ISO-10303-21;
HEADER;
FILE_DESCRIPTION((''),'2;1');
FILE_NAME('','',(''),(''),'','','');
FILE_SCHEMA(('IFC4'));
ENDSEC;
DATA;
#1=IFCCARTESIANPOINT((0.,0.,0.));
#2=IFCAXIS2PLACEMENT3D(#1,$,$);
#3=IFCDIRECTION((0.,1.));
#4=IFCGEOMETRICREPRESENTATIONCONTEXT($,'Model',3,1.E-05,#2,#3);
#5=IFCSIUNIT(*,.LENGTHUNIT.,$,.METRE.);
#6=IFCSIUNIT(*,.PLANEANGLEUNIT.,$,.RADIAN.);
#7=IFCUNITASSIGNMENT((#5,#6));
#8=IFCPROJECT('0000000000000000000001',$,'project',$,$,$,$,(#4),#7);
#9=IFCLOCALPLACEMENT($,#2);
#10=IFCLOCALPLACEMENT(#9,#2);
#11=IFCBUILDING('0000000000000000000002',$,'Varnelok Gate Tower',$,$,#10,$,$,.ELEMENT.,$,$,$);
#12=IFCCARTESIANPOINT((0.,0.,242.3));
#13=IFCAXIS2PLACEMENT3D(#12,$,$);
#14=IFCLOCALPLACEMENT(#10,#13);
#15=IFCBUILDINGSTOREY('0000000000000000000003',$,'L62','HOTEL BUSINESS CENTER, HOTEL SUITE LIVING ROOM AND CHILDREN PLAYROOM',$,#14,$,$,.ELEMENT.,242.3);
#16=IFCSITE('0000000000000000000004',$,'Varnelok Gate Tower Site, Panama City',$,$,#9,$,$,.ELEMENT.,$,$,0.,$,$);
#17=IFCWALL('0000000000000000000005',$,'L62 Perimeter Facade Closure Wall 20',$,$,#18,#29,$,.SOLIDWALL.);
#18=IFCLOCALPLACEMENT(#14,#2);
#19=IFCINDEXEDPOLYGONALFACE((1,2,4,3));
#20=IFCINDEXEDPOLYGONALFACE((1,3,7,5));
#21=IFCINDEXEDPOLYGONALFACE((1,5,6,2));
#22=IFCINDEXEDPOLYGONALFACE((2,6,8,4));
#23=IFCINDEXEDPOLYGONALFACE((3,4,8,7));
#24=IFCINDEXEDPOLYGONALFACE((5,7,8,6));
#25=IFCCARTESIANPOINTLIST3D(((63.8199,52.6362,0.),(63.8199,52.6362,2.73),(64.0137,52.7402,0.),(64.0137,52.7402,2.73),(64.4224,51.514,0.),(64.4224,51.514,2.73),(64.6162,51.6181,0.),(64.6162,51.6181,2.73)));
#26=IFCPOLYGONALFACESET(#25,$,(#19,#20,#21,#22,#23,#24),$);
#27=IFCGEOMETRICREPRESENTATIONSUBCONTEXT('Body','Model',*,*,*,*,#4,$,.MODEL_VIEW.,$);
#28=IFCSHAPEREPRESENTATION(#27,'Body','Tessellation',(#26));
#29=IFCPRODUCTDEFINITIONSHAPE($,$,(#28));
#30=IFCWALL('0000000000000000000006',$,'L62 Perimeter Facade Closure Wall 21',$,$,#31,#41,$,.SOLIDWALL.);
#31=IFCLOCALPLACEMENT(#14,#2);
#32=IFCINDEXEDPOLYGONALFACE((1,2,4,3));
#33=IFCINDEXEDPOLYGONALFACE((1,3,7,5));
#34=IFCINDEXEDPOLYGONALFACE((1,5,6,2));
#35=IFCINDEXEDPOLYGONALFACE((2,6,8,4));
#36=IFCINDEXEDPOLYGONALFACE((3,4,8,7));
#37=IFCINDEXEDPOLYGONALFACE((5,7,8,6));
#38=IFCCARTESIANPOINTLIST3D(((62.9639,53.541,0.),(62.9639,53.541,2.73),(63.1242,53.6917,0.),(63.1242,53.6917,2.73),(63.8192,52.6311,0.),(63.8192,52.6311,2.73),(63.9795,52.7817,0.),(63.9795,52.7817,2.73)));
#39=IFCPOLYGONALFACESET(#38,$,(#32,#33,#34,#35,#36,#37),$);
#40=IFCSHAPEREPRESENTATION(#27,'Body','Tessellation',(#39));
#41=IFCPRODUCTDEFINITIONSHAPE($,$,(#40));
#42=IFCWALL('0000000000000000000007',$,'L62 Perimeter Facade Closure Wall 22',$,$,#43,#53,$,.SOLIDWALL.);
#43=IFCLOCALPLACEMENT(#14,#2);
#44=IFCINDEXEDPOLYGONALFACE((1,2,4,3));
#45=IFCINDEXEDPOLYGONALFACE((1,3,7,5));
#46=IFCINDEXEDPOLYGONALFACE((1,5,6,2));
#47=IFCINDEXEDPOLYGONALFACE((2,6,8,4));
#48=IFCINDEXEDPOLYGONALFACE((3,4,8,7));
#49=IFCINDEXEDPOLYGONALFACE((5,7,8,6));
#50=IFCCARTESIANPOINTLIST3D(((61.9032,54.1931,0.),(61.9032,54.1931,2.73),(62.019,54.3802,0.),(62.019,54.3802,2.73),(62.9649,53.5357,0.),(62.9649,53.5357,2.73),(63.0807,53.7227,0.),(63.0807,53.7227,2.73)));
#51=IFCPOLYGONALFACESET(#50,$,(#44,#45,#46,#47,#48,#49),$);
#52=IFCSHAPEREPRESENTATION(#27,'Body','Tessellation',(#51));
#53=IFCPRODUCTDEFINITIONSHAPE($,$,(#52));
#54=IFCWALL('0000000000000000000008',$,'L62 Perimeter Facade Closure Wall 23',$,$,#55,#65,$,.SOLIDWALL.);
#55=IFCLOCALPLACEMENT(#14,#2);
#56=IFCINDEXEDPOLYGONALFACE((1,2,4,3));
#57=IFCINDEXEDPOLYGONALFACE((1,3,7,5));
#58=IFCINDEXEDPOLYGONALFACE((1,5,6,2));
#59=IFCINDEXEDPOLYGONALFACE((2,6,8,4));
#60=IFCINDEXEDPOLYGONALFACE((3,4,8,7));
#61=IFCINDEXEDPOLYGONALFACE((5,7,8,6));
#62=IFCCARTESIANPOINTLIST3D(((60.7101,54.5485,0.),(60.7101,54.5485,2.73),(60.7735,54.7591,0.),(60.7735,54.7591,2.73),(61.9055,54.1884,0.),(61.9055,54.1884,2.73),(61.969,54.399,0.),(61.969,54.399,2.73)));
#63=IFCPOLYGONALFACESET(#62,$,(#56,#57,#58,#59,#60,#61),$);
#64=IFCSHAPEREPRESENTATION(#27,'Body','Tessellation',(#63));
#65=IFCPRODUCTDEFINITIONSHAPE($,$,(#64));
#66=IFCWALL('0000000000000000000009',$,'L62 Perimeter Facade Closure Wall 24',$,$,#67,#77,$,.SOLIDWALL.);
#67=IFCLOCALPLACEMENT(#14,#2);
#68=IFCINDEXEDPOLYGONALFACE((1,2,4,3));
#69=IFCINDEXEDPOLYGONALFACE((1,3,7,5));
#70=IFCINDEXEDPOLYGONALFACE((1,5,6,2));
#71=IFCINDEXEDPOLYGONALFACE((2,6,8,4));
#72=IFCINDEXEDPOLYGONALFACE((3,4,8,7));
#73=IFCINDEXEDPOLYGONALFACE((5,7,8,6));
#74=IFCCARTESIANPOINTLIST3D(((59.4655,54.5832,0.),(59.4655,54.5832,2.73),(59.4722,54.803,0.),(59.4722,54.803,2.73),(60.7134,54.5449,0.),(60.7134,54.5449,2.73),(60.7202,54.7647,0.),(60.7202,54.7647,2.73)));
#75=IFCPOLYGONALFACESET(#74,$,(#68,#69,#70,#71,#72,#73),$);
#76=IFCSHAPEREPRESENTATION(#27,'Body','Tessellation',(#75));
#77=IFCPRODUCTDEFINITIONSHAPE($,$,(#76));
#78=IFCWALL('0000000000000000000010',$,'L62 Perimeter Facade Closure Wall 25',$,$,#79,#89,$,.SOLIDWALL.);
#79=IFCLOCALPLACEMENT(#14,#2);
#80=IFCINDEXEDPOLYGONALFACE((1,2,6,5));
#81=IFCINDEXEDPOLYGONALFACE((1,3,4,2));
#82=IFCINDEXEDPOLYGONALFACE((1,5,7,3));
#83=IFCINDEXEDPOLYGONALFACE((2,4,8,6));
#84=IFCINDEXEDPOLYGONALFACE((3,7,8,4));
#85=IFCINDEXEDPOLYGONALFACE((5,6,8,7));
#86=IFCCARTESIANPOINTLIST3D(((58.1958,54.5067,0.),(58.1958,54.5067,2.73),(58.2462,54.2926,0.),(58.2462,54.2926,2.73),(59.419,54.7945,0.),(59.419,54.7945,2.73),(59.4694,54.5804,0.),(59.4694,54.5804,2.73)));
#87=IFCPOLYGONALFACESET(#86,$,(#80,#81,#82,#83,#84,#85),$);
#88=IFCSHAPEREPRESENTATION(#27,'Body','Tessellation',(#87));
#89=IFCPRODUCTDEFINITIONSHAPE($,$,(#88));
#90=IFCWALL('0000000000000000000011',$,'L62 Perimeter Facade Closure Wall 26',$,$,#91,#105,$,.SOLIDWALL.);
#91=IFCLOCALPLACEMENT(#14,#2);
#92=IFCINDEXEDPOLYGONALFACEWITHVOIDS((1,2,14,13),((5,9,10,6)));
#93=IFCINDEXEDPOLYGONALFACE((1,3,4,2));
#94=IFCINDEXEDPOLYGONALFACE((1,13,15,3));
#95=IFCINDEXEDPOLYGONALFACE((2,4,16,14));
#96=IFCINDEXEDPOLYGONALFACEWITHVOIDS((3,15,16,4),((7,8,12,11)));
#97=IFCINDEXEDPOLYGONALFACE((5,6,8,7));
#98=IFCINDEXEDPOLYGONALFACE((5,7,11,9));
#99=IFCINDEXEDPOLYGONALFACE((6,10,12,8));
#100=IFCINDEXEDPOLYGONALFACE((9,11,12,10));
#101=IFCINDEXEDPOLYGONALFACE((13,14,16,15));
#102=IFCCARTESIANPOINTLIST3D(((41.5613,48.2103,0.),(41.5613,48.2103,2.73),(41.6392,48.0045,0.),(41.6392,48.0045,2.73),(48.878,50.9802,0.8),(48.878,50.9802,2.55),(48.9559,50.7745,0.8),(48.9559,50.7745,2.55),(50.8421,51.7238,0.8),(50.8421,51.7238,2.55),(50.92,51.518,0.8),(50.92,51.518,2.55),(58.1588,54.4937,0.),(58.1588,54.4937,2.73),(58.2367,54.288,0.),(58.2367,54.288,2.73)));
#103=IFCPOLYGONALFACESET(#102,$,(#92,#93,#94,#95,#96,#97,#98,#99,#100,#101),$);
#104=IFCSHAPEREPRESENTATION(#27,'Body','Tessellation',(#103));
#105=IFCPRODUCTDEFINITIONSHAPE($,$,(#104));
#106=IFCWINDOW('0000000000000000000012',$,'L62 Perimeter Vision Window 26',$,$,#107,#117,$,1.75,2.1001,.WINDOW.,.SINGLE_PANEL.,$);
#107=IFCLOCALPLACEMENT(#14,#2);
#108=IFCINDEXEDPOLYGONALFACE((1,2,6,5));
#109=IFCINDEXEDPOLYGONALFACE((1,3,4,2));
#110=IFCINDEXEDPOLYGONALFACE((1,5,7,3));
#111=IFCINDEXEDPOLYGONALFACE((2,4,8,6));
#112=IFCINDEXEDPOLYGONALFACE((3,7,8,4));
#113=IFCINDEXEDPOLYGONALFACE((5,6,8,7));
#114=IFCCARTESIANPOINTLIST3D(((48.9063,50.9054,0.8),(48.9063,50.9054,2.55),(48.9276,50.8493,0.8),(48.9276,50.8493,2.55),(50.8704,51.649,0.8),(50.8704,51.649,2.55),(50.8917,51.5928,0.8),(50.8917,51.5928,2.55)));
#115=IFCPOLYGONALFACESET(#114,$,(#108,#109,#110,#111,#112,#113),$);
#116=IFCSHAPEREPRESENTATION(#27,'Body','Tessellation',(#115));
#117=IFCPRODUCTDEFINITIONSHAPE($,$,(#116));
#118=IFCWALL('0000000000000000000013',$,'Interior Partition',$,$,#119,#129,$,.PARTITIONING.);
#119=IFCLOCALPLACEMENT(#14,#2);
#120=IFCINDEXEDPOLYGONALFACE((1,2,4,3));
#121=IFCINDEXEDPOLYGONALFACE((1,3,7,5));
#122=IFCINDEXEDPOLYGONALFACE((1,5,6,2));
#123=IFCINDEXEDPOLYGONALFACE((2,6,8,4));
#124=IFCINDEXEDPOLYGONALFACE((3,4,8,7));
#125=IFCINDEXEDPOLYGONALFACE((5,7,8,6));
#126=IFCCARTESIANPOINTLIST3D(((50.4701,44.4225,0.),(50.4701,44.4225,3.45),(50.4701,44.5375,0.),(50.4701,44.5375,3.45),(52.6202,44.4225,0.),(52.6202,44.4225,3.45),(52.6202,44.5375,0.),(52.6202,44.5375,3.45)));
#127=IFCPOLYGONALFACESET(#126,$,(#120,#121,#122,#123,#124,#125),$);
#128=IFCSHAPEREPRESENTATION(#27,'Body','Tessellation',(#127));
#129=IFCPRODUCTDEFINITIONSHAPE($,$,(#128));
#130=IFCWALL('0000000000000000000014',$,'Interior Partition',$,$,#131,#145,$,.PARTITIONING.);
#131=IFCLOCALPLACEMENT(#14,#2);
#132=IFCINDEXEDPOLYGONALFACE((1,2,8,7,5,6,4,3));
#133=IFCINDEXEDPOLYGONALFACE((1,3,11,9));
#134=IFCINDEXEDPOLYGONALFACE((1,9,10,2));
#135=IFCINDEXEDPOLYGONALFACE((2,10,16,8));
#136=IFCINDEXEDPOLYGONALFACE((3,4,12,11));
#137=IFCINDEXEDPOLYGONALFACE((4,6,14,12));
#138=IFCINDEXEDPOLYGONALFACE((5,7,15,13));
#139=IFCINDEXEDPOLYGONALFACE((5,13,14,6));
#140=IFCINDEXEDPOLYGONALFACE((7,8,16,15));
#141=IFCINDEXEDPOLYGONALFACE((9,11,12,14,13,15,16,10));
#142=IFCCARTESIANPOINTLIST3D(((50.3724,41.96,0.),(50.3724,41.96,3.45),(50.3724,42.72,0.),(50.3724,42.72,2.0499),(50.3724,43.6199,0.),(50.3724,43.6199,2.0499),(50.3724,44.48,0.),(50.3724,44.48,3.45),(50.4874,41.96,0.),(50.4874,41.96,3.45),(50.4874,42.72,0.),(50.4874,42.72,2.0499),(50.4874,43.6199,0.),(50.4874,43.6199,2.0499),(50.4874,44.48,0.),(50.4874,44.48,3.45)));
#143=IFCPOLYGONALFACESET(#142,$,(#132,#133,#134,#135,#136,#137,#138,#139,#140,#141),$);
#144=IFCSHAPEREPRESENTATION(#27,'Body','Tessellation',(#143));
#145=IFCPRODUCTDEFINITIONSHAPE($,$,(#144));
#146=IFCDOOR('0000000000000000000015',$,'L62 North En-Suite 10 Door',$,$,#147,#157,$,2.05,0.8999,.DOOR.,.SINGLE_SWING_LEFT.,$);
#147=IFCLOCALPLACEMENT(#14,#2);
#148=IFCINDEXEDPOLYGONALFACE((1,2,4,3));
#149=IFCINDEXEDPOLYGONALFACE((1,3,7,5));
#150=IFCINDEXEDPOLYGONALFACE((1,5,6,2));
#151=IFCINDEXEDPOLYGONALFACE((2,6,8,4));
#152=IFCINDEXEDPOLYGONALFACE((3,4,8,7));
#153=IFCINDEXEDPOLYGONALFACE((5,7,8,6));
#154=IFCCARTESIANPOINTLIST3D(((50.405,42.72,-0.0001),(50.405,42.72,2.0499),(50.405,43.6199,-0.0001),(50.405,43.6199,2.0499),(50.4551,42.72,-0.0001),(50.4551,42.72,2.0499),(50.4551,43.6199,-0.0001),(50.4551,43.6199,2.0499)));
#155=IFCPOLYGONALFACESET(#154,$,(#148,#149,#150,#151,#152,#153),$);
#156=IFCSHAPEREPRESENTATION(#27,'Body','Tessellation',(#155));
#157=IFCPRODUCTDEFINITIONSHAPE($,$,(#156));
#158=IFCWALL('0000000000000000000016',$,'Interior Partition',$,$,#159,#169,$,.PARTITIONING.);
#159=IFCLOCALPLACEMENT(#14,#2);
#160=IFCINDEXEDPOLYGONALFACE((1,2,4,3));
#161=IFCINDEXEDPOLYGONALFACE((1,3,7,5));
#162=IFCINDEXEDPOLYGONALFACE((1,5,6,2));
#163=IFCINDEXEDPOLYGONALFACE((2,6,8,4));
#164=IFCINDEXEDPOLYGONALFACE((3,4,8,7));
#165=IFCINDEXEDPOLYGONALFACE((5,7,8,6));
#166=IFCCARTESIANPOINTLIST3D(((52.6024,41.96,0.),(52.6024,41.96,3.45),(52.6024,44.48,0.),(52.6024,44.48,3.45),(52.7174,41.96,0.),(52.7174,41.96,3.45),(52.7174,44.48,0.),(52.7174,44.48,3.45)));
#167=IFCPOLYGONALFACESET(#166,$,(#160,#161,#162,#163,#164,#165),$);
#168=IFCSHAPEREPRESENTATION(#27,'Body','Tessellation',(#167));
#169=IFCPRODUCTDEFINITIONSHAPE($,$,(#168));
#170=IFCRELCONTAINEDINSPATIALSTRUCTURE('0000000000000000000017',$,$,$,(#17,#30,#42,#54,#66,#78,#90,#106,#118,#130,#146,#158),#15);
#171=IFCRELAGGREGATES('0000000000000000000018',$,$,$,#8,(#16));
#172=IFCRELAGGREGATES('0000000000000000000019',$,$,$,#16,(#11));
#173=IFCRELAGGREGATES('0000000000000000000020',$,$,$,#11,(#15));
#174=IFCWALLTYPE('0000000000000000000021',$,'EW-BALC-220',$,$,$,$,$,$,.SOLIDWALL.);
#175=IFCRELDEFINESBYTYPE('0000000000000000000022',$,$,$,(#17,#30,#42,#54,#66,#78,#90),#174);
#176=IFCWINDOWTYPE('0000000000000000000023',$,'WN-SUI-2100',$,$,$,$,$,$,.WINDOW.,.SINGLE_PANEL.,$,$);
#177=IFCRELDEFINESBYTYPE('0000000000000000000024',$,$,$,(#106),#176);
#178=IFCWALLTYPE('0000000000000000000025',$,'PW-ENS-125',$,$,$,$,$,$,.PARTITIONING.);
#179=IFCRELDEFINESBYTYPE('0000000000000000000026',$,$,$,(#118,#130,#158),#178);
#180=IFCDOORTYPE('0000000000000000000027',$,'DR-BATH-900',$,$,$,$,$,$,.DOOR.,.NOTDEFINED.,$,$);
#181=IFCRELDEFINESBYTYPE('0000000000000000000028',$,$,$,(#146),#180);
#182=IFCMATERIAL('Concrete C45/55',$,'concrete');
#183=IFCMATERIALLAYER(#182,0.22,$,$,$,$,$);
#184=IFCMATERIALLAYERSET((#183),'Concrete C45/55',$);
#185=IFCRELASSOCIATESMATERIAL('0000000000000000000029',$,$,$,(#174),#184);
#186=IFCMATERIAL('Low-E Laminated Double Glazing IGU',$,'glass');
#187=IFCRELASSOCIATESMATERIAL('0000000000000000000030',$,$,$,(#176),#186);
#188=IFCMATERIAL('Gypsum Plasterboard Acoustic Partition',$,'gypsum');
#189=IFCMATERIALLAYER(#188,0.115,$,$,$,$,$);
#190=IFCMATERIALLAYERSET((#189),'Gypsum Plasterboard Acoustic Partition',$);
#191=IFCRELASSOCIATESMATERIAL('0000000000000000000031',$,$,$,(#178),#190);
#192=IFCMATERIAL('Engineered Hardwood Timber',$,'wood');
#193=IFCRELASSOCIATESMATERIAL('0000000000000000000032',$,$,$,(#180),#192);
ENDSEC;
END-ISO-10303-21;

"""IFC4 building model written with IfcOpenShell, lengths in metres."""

from ifc_helpers import new_model, si_unit, direction, frame, frame_2d, origin, place, context, subcontext, project, spatial, rectangle, extrude, material, layer, layer_set, type_object, element, fill, save


model = new_model("IFC4")

# Units and contexts
model_context = context("Model", 3, precision=1e-05, world=origin(), true_north=direction((0.0, 1.0)))
body_context = subcontext(model_context, "Body", "Model", "MODEL_VIEW")
ifc_project = project(units=[si_unit("LENGTHUNIT", "METRE"), si_unit("PLANEANGLEUNIT", "RADIAN")], contexts=[model_context])

# Site, building, storey
site_placement = place(None, origin())
site = spatial("IfcSite", under=ifc_project, at=site_placement, Name="Varnelok Gate Tower Site, Panama City", CompositionType="ELEMENT", RefElevation=0.0)
building_placement = place(site_placement, origin())
building = spatial("IfcBuilding", under=site, at=building_placement, Name="Varnelok Gate Tower", CompositionType="ELEMENT")
storey_placement = place(building_placement, frame((0.0, 0.0, 242.3)))
storey = spatial("IfcBuildingStorey", under=building, at=storey_placement, Name="L62", Description="HOTEL BUSINESS CENTER, HOTEL SUITE LIVING ROOM AND CHILDREN PLAYROOM", CompositionType="ELEMENT", Elevation=242.3)

# Shared definitions
ifc_material_1 = material(Name="Low-E Laminated Double Glazing IGU", Category="glass")

# Walls
ifc_material_2 = material(Name="Concrete C45/55", Category="concrete")
ifc_layer_1 = layer(ifc_material_2, 0.22)
ifc_layer_set_1 = layer_set([ifc_layer_1], Name="Concrete C45/55")
wall_type_1 = type_object("IfcWallType", Name="EW-BALC-220", PredefinedType="SOLIDWALL", material=ifc_layer_set_1)
wall_1_placement = place(storey_placement, frame((64.5193, 51.5662, 0.0), z_axis=(0.0, 0.0, 1.0), x_axis=(-0.473094, 0.881012, 0.0)))
element("IfcWall", 1, at=wall_1_placement, inside=storey, type_object=wall_type_1, Name="L62 Perimeter Facade Closure Wall 20", PredefinedType="SOLIDWALL", context=body_context, shape_type="SweptSolid", body=[
    extrude(rectangle(XDim=1.2737, YDim=0.22, at=frame_2d((0.6367, 0.0))), origin(), (0.0, 0.0, 1.0), 2.73),
])
for number, where, z_axis, x_axis, name in (
    (2, (63.8994, 52.7063, 0.0), (0.0, 0.0, 1.0), (-0.684871, 0.728665, 0.0), "L62 Perimeter Facade Closure Wall 21"),
    (3, (63.0229, 53.6292, 0.0), (0.0, 0.0, 1.0), (-0.850198, 0.526462, 0.0), "L62 Perimeter Facade Closure Wall 22"),
):
    element("IfcWall", number, at=place(storey_placement, frame(where, z_axis=z_axis, x_axis=x_axis)), inside=storey, type_object=wall_type_1, Name=name, PredefinedType="SOLIDWALL", context=body_context, shape_type="SweptSolid", body=[
        extrude(rectangle(XDim=1.2488, YDim=0.22, at=frame_2d((0.6245, 0.0))), origin(), (0.0, 0.0, 1.0), 2.73),
    ])
for number, where, z_axis, x_axis, name in (
    (4, (61.9373, 54.2937, 0.0), (0.0, 0.0, 1.0), (-0.957508, 0.288406, 0.0), "L62 Perimeter Facade Closure Wall 23"),
    (5, (60.7168, 54.6548, 0.0), (0.0, 0.0, 1.0), (-0.999529, 0.030698, 0.0), "L62 Perimeter Facade Closure Wall 24"),
):
    element("IfcWall", number, at=place(storey_placement, frame(where, z_axis=z_axis, x_axis=x_axis)), inside=storey, type_object=wall_type_1, Name=name, PredefinedType="SOLIDWALL", context=body_context, shape_type="SweptSolid", body=[
        extrude(rectangle(XDim=1.2485, YDim=0.22, at=frame_2d((0.6243, 0.0))), origin(), (0.0, 0.0, 1.0), 2.73),
    ])
wall_2_placement = place(storey_placement, frame((59.4443, 54.6875, 0.0), z_axis=(0.0, 0.0, 1.0), x_axis=(-0.97341, -0.229072, 0.0)))
element("IfcWall", 6, at=wall_2_placement, inside=storey, type_object=wall_type_1, Name="L62 Perimeter Facade Closure Wall 25", PredefinedType="SOLIDWALL", context=body_context, shape_type="SweptSolid", body=[
    extrude(rectangle(XDim=1.2566, YDim=0.22, at=frame_2d((0.6284, 0.0))), origin(), (0.0, 0.0, 1.0), 2.73),
])

# Wall, opening, window
wall_3_placement = place(storey_placement, frame((58.1978, 54.3909, 0.0), z_axis=(0.0, 0.0, 1.0), x_axis=(-0.935224, -0.354057, 0.0)))
wall_3 = element("IfcWall", 7, at=wall_3_placement, inside=storey, type_object=wall_type_1, Name="L62 Perimeter Facade Closure Wall 26", PredefinedType="SOLIDWALL", context=body_context, shape_type="SweptSolid", body=[
    extrude(rectangle(XDim=17.7471, YDim=0.22, at=frame_2d((8.8735, 0.0))), origin(), (0.0, 0.0, 1.0), 2.73),
])
opening_1_placement = place(wall_3_placement, frame((7.8235, 0.0, 0.8)))
opening_1 = element("IfcOpeningElement", 8, at=opening_1_placement, cuts=wall_3, PredefinedType="OPENING", context=body_context, shape_type="SweptSolid", body=[
    extrude(rectangle(XDim=2.1001, YDim=1.75, at=frame_2d((1.05, 0.875))), frame((0.0, 0.1199, 0.0), z_axis=(0.0, -1.0, 0.0), x_axis=(1.0, 0.0, 0.0)), (0.0, 0.0, 1.0), 0.24),
])
window_type = type_object("IfcWindowType", Name="WN-SUI-2100", PartitioningType="SINGLE_PANEL", PredefinedType="WINDOW", material=ifc_material_1)
window_placement = place(opening_1_placement, origin())
window = element("IfcWindow", 9, at=window_placement, inside=storey, type_object=window_type, Name="L62 Perimeter Vision Window 26", OverallHeight=1.75, OverallWidth=2.1001, PartitioningType="SINGLE_PANEL", PredefinedType="WINDOW", context=body_context, shape_type="SweptSolid", body=[
    extrude(rectangle(XDim=2.1001, YDim=1.75, at=frame_2d((1.05, 0.875))), frame((0.0, 0.03, 0.0), z_axis=(0.0, -1.0, 0.0), x_axis=(1.0, 0.0, 0.0)), (0.0, 0.0, 1.0), 0.0601),
])
fill(opening_1, window)

# Wall
ifc_material_3 = material(Name="Gypsum Plasterboard Acoustic Partition", Category="gypsum")
ifc_layer_2 = layer(ifc_material_3, 0.115)
ifc_layer_set_2 = layer_set([ifc_layer_2], Name="Gypsum Plasterboard Acoustic Partition")
wall_type_2 = type_object("IfcWallType", Name="PW-ENS-125", PredefinedType="PARTITIONING", material=ifc_layer_set_2)
wall_4_placement = place(storey_placement, frame((50.47, 44.48, 0.0), z_axis=(0.0, 0.0, 1.0), x_axis=(1.0, 0.0, 0.0)))
element("IfcWall", 10, at=wall_4_placement, inside=storey, type_object=wall_type_2, Name="Interior Partition", PredefinedType="PARTITIONING", context=body_context, shape_type="SweptSolid", body=[
    extrude(rectangle(XDim=2.1501, YDim=0.115, at=frame_2d((1.0752, 0.0))), origin(), (0.0, 0.0, 1.0), 3.45),
])

# Wall, opening, door
wall_5_placement = place(storey_placement, frame((50.4299, 41.96, 0.0), z_axis=(0.0, 0.0, 1.0), x_axis=(0.0, 1.0, 0.0)))
wall_5 = element("IfcWall", 11, at=wall_5_placement, inside=storey, type_object=wall_type_2, Name="Interior Partition", PredefinedType="PARTITIONING", context=body_context, shape_type="SweptSolid", body=[
    extrude(rectangle(XDim=2.52, YDim=0.115, at=frame_2d((1.26, 0.0))), origin(), (0.0, 0.0, 1.0), 3.45),
])
opening_2_placement = place(wall_5_placement, frame((0.76, 0.0, 0.0)))
opening_2 = element("IfcOpeningElement", 12, at=opening_2_placement, cuts=wall_5, PredefinedType="OPENING", context=body_context, shape_type="SweptSolid", body=[
    extrude(rectangle(XDim=0.8999, YDim=2.05, at=frame_2d((0.45, 1.0249))), frame((0.0, 0.0674, 0.0), z_axis=(0.0, -1.0, 0.0), x_axis=(1.0, 0.0, 0.0)), (0.0, 0.0, 1.0), 0.135),
])
ifc_material_4 = material(Name="Engineered Hardwood Timber", Category="wood")
door_type = type_object("IfcDoorType", Name="DR-BATH-900", OperationType="NOTDEFINED", PredefinedType="DOOR", material=ifc_material_4)
door_placement = place(opening_2_placement, origin())
door = element("IfcDoor", 13, at=door_placement, inside=storey, type_object=door_type, Name="L62 North En-Suite 10 Door", OperationType="SINGLE_SWING_LEFT", OverallHeight=2.05, OverallWidth=0.8999, PredefinedType="DOOR", context=body_context, shape_type="SweptSolid", body=[
    extrude(rectangle(XDim=0.8999, YDim=2.05, at=frame_2d((0.45, 1.0249))), frame((0.0, 0.0249, 0.0), z_axis=(0.0, -1.0, 0.0), x_axis=(1.0, 0.0, 0.0)), (0.0, 0.0, 1.0), 0.05),
])
fill(opening_2, door)

# Wall
wall_6_placement = place(storey_placement, frame((52.6599, 41.96, 0.0), z_axis=(0.0, 0.0, 1.0), x_axis=(0.0, 1.0, 0.0)))
element("IfcWall", 14, at=wall_6_placement, inside=storey, type_object=wall_type_2, Name="Interior Partition", PredefinedType="PARTITIONING", context=body_context, shape_type="SweptSolid", body=[
    extrude(rectangle(XDim=2.52, YDim=0.115, at=frame_2d((1.26, 0.0))), origin(), (0.0, 0.0, 1.0), 3.45),
])

save(model, "model.ifc")
